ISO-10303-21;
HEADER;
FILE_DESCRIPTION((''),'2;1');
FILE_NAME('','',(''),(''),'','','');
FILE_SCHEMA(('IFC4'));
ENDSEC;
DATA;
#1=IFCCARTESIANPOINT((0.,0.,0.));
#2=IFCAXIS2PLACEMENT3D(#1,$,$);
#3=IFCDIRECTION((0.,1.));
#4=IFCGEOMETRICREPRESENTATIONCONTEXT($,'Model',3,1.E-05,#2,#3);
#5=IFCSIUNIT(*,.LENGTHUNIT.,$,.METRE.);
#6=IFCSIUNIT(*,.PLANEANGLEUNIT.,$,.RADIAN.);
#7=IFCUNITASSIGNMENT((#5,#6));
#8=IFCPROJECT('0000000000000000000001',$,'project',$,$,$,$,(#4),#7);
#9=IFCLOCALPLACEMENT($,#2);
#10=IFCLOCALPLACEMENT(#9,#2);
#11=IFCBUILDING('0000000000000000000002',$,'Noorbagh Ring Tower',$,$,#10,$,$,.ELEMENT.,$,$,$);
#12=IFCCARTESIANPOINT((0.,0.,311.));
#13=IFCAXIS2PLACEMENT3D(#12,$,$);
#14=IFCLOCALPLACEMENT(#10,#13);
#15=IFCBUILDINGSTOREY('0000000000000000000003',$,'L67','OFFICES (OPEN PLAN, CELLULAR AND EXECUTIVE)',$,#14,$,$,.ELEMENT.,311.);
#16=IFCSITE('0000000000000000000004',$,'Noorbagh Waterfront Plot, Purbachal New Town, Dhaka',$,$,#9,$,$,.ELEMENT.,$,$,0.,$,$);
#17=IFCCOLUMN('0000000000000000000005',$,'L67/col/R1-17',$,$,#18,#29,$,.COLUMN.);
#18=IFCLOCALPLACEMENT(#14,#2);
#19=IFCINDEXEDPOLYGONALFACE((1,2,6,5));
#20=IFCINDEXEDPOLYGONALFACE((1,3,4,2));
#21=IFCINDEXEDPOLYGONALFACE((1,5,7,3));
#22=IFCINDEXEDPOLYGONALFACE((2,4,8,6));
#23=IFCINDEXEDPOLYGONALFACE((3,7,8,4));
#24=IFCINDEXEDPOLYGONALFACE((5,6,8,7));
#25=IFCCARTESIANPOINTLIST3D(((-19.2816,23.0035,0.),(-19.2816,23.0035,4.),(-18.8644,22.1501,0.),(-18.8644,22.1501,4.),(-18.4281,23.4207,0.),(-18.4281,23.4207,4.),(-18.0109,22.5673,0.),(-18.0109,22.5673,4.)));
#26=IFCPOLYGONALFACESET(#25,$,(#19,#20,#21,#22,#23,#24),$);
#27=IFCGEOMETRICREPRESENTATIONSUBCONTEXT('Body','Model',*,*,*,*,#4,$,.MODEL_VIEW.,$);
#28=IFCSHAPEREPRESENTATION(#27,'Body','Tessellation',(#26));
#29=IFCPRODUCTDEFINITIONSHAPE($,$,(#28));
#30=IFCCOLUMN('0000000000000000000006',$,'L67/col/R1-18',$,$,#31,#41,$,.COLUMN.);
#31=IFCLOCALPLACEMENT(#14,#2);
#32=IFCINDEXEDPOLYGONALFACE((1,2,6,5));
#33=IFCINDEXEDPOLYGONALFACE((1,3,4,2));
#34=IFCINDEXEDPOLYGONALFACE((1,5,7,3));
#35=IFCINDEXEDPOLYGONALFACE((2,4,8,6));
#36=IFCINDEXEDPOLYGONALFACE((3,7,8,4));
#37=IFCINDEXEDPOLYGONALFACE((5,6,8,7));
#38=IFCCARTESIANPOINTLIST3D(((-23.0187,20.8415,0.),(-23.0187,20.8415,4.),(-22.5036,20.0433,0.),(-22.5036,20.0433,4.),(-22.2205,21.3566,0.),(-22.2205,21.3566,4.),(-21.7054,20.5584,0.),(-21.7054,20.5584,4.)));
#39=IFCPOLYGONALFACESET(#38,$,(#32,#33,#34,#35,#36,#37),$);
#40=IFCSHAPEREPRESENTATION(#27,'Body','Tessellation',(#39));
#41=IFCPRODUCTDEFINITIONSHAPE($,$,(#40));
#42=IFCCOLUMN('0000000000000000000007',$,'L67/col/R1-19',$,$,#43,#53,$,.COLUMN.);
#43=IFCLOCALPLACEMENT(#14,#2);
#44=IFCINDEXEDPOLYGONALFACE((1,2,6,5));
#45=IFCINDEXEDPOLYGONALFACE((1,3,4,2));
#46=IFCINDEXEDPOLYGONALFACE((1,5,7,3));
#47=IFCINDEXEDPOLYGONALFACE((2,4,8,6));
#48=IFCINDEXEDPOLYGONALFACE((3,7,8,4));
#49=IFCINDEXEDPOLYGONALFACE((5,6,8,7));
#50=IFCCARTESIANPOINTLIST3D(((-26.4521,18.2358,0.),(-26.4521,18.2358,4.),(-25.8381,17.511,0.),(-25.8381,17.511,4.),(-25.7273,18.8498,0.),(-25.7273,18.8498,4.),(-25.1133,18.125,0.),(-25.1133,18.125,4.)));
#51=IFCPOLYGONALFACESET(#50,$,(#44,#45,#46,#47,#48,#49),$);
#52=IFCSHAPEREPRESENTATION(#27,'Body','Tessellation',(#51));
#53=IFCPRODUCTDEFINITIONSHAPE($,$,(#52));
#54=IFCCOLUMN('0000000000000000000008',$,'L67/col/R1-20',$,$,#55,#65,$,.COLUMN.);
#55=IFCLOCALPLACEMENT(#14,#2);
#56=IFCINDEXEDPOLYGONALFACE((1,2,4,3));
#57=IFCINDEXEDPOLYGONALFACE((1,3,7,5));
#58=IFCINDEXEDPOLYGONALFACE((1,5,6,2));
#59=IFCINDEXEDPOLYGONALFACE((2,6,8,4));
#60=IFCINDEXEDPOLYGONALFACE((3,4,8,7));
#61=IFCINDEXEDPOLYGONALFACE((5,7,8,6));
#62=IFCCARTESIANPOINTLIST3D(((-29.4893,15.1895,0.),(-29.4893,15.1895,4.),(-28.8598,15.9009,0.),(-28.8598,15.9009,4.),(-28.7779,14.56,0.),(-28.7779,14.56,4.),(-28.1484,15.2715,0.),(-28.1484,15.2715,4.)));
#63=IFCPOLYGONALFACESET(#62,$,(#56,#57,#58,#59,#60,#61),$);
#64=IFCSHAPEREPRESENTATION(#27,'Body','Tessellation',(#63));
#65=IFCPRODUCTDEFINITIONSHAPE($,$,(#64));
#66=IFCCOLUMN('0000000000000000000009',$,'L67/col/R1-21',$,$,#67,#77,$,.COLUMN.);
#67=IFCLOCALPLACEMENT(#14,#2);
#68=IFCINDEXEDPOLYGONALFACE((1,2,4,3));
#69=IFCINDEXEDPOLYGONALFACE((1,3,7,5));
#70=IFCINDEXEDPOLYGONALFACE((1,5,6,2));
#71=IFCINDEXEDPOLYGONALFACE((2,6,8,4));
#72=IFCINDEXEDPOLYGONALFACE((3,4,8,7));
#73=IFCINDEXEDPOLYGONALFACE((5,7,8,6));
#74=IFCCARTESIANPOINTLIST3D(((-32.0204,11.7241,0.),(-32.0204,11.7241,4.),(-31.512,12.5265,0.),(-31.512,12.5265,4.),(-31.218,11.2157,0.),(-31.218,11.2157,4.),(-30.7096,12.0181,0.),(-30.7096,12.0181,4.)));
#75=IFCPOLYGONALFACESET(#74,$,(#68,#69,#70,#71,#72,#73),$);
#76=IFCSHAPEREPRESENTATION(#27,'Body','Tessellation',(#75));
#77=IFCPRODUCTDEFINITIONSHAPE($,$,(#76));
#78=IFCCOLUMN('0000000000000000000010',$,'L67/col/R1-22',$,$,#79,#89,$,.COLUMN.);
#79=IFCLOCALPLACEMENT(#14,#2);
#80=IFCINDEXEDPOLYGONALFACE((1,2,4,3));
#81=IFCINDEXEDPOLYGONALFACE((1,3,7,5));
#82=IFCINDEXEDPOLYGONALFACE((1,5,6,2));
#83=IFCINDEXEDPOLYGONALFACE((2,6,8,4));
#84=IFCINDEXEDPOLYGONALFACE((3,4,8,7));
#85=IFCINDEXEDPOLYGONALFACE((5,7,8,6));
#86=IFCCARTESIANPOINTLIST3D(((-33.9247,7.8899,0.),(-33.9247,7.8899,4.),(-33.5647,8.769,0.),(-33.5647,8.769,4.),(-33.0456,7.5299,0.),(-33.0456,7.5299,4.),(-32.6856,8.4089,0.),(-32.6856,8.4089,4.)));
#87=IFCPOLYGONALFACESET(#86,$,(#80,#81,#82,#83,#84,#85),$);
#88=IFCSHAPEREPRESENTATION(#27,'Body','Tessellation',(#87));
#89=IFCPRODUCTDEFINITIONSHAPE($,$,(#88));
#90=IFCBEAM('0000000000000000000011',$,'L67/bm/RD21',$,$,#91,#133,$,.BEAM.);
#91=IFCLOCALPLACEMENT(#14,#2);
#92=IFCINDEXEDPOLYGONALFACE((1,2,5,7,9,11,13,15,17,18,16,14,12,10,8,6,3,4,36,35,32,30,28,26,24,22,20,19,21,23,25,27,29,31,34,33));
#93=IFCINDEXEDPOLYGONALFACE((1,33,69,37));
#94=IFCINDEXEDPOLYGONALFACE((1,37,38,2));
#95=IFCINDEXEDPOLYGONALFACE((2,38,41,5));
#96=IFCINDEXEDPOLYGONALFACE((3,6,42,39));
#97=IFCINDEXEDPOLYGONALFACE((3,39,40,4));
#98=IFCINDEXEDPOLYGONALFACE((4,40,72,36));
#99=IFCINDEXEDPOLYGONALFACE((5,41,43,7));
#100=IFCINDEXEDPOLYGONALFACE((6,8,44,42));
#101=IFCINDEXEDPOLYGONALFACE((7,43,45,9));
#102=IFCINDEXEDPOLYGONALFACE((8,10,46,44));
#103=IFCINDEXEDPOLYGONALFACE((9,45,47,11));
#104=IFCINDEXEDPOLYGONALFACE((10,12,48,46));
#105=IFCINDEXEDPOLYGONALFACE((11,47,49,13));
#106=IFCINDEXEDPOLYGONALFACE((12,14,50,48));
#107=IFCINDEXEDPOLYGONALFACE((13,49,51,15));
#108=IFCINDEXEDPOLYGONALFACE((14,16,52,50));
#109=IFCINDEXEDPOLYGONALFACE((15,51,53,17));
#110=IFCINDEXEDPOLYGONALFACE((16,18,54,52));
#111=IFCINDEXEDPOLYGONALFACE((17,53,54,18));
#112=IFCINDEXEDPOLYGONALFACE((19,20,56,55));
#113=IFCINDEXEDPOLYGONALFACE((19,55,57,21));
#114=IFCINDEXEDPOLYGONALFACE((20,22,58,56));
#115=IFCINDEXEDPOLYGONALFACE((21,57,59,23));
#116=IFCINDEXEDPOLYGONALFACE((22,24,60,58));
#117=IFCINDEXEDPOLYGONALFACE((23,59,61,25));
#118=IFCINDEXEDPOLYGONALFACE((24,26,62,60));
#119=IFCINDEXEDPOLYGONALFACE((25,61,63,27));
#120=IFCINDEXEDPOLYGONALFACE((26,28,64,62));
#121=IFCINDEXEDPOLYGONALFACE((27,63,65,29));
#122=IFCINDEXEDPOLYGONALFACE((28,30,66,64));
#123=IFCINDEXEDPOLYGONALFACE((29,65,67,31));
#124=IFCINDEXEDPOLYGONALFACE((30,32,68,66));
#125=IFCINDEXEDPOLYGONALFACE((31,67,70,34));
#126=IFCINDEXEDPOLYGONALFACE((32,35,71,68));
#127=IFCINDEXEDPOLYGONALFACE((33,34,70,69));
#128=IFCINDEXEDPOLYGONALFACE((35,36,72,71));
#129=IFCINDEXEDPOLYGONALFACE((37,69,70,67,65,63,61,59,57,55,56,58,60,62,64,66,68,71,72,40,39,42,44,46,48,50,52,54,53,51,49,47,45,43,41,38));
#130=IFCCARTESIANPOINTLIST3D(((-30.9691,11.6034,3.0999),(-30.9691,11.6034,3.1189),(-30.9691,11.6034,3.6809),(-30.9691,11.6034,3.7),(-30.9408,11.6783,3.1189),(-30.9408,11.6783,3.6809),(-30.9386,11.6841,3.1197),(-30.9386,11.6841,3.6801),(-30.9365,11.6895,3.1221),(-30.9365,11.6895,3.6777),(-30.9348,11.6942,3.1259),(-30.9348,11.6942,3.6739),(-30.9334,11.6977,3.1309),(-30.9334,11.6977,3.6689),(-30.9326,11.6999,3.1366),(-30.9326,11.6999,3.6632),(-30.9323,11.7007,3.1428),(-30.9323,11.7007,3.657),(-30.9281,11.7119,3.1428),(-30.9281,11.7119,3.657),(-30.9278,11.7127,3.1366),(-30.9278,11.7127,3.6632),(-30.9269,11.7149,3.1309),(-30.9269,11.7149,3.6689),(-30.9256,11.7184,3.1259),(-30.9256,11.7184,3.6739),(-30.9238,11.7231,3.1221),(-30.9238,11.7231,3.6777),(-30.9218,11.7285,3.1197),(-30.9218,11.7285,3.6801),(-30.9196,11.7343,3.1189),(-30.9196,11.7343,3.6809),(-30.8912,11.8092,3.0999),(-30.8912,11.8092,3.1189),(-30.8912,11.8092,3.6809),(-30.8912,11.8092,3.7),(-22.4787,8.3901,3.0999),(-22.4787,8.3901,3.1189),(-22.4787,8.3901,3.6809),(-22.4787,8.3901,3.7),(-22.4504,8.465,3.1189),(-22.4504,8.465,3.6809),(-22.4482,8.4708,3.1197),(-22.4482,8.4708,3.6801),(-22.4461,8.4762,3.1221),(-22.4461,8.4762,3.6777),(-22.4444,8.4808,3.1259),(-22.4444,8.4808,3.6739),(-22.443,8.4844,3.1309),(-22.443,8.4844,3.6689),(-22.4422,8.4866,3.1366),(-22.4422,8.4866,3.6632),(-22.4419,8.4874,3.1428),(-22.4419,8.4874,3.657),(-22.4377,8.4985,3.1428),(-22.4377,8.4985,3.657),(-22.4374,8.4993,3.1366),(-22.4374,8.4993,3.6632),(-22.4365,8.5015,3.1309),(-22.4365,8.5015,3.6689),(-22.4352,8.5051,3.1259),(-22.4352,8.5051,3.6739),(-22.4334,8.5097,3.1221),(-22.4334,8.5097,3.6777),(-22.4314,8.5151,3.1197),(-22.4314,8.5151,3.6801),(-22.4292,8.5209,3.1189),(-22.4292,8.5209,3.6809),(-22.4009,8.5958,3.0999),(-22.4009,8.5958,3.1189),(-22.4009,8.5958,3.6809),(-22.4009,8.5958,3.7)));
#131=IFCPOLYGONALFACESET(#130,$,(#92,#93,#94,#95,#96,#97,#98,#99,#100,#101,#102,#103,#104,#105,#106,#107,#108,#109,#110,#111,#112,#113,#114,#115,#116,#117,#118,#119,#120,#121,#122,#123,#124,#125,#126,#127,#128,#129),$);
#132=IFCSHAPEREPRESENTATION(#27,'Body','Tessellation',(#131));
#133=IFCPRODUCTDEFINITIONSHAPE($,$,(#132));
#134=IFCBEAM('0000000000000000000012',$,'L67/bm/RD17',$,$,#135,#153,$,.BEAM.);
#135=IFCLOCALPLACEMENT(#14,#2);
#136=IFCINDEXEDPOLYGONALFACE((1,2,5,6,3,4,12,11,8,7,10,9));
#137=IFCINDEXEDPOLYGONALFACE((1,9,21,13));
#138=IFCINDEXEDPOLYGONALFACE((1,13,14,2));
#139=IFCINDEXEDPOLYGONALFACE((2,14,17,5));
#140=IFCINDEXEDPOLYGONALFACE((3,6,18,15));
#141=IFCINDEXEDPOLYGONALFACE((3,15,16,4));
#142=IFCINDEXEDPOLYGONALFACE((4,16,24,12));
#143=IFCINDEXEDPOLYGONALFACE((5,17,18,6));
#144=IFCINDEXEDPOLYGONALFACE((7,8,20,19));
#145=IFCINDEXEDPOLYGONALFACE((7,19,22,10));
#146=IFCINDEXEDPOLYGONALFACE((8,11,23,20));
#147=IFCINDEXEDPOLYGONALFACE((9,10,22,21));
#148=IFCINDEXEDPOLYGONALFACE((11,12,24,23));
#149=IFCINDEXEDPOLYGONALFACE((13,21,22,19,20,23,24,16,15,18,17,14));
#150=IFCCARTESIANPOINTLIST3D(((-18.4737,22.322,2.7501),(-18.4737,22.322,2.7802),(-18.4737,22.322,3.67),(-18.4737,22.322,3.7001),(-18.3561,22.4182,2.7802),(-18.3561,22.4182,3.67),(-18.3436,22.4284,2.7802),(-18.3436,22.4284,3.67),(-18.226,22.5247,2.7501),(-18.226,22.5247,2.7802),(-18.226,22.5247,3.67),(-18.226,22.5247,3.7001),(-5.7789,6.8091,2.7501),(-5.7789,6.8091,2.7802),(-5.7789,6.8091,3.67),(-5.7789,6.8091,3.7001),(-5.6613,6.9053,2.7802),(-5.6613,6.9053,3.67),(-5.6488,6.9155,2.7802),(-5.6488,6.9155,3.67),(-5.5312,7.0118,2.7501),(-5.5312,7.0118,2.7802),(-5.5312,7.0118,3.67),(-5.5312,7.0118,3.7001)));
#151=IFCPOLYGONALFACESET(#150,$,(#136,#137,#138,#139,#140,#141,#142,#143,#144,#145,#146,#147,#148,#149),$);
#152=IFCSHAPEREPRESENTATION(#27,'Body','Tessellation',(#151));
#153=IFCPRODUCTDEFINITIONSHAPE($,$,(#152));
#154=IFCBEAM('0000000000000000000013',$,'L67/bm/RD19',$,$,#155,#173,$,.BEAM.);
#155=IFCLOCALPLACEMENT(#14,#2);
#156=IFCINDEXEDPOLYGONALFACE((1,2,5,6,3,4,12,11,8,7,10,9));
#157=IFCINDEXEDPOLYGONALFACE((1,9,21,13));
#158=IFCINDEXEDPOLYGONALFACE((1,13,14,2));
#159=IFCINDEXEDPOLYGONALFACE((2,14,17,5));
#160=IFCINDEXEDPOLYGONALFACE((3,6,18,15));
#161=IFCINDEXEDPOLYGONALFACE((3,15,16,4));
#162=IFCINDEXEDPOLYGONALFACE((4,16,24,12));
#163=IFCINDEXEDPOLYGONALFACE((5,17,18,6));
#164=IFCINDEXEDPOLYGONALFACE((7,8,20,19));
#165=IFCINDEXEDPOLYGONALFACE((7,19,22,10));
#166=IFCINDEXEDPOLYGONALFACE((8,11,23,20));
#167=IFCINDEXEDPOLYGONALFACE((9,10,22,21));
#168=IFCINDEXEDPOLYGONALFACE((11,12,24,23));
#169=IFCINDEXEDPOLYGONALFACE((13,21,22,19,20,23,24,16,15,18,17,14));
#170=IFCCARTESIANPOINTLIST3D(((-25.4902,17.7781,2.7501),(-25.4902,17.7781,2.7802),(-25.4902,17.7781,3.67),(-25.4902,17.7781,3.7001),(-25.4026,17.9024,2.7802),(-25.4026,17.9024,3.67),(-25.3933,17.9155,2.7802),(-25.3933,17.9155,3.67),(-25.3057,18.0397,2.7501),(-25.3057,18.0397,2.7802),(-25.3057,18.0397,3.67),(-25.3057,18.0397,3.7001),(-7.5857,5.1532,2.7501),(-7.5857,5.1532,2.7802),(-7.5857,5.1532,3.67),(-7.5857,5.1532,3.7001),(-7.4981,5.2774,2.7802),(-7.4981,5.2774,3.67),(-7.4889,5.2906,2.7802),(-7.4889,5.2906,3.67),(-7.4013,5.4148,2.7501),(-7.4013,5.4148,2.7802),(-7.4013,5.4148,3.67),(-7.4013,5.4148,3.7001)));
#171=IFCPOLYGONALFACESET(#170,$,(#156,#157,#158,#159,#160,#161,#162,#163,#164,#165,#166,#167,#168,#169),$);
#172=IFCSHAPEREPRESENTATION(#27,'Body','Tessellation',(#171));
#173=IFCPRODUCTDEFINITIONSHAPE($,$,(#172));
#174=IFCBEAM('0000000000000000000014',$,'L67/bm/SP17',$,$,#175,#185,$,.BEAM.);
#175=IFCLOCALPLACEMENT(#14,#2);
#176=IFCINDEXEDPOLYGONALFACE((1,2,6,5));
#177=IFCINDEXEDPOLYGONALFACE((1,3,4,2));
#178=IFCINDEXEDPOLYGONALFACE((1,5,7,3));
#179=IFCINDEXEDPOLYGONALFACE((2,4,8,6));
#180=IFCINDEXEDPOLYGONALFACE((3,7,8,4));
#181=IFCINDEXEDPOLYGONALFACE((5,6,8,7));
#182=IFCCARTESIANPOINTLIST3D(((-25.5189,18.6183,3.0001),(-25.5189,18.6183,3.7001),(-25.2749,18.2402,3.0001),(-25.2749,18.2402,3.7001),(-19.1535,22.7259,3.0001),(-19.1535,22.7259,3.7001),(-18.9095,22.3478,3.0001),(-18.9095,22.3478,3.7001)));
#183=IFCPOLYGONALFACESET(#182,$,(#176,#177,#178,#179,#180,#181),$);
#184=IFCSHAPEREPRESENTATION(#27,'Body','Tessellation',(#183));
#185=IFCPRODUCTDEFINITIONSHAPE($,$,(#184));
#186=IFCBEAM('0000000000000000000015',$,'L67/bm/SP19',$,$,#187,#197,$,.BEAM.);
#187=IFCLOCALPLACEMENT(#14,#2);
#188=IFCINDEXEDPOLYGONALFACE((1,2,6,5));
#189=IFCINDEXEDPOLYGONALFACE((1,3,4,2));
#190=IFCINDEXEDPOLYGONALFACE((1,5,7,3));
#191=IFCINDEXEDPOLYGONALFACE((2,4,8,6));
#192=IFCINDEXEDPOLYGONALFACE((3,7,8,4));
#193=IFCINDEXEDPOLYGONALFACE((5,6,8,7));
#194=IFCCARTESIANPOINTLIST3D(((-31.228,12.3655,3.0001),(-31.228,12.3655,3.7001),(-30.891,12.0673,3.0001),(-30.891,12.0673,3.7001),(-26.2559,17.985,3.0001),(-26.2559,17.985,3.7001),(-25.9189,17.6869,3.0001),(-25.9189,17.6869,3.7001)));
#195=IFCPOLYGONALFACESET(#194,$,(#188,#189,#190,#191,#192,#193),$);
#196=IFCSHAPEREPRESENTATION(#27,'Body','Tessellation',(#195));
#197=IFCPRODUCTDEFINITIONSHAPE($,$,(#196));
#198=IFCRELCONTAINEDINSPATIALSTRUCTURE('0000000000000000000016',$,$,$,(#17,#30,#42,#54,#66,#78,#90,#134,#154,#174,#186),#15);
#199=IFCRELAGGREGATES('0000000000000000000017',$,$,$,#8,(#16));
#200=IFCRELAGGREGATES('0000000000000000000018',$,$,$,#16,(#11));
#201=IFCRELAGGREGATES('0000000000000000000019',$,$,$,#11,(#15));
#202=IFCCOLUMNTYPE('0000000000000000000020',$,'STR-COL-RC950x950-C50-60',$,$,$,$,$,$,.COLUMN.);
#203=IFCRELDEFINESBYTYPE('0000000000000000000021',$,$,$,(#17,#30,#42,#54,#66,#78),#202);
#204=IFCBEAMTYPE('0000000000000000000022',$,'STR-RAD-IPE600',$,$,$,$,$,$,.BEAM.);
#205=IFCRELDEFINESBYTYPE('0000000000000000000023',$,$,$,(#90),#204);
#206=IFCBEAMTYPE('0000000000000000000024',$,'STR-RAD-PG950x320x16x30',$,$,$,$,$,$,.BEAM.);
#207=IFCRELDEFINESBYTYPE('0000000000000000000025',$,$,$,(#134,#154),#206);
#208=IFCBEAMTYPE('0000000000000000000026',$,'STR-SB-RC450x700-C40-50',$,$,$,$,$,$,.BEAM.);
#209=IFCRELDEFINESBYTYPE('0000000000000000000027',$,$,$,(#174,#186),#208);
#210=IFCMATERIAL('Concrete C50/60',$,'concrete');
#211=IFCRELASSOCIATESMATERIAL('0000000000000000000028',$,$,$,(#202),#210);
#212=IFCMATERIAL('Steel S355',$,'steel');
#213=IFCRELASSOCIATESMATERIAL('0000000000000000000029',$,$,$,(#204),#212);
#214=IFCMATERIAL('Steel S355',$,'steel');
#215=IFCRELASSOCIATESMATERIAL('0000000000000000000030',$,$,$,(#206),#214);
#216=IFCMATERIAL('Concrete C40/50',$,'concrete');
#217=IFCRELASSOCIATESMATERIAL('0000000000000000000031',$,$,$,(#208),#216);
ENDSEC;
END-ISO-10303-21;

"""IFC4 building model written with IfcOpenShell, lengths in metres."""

from ifc_helpers import new_model, si_unit, direction, frame, origin, origin_2d, place, context, subcontext, project, spatial, rectangle, i_section, extrude, material, material_profile, profile_set, type_object, element, save


model = new_model("IFC4")

# Units and contexts
model_context = context("Model", 3, precision=1e-05, world=origin(), true_north=direction((0.0, 1.0)))
body_context = subcontext(model_context, "Body", "Model", "MODEL_VIEW")
ifc_project = project(units=[si_unit("LENGTHUNIT", "METRE"), si_unit("PLANEANGLEUNIT", "RADIAN")], contexts=[model_context])

# Site, building, storey
site_placement = place(None, origin())
site = spatial("IfcSite", under=ifc_project, at=site_placement, Name="Noorbagh Waterfront Plot, Purbachal New Town, Dhaka", CompositionType="ELEMENT", RefElevation=0.0)
building_placement = place(site_placement, origin())
building = spatial("IfcBuilding", under=site, at=building_placement, Name="Noorbagh Ring Tower", CompositionType="ELEMENT")
storey_placement = place(building_placement, frame((0.0, 0.0, 311.0)))
storey = spatial("IfcBuildingStorey", under=building, at=storey_placement, Name="L67", Description="OFFICES (OPEN PLAN, CELLULAR AND EXECUTIVE)", CompositionType="ELEMENT", Elevation=311.0)

# Columns
ifc_material_1 = material(Name="Concrete C50/60", Category="concrete")
ifc_material_profile_1 = material_profile(ifc_material_1, rectangle(XDim=0.95, YDim=0.95, at=origin_2d()), Name="RC950x950")
ifc_profile_set_1 = profile_set([ifc_material_profile_1], Name="Concrete C50/60")
column_type = type_object("IfcColumnType", Name="STR-COL-RC950x950-C50-60", PredefinedType="COLUMN", material=ifc_profile_set_1)
for number, where, z_axis, x_axis, name in (
    (1, (-18.6462, 22.7854, 0.0), (0.0, 0.0, 1.0), (-0.898399, -0.43918, 0.0), "L67/col/R1-17"),
    (2, (-22.3621, 20.7, 0.0), (0.0, 0.0, 1.0), (-0.840248, -0.542203, 0.0), "L67/col/R1-18"),
    (3, (-25.7827, 18.1804, 0.0), (0.0, 0.0, 1.0), (-0.763035, -0.646357, 0.0), "L67/col/R1-19"),
    (4, (-28.8188, 15.2305, 0.0), (0.0, 0.0, 1.0), (-0.662636, -0.748942, 0.0), "L67/col/R1-20"),
    (5, (-31.365, 11.8711, 0.0), (0.0, 0.0, 1.0), (-0.53519, -0.844731, 0.0), "L67/col/R1-21"),
    (6, (-33.3052, 8.1494, 0.0), (0.0, 0.0, 1.0), (-0.378989, -0.925401, 0.0), "L67/col/R1-22"),
):
    element("IfcColumn", number, at=place(storey_placement, frame(where, z_axis=z_axis, x_axis=x_axis)), inside=storey, type_object=column_type, Name=name, PredefinedType="COLUMN", context=body_context, shape_type="SweptSolid", body=[
        extrude(rectangle(XDim=0.95, YDim=0.95, at=origin_2d()), origin(), (0.0, 0.0, 1.0), 4.0),
    ])

# Beams
ifc_material_2 = material(Name="Steel S355", Category="steel")
ifc_material_profile_2 = material_profile(ifc_material_2, i_section(OverallWidth=0.22, OverallDepth=0.6001, WebThickness=0.012, FlangeThickness=0.019, FilletRadius=0.0239, at=origin_2d()), Name="IPE600")
ifc_profile_set_2 = profile_set([ifc_material_profile_2], Name="Steel S355")
beam_type_1 = type_object("IfcBeamType", Name="STR-RAD-IPE600", PredefinedType="BEAM", material=ifc_profile_set_2)
beam_1_placement = place(storey_placement, frame((-30.9302, 11.7063, 3.3999), z_axis=(0.935258, -0.353966, 0.0), x_axis=(0.353966, 0.935258, 0.0)))
element("IfcBeam", 7, at=beam_1_placement, inside=storey, type_object=beam_type_1, Name="L67/bm/RD21", PredefinedType="BEAM", context=body_context, shape_type="SweptSolid", body=[
    extrude(i_section(OverallWidth=0.22, OverallDepth=0.6001, WebThickness=0.012, FlangeThickness=0.019, FilletRadius=0.0239, at=origin_2d()), origin(), (0.0, 0.0, 1.0), 9.0781),
])
ifc_material_3 = material(Name="Steel S355", Category="steel")
ifc_material_profile_3 = material_profile(ifc_material_3, i_section(OverallWidth=0.3201, OverallDepth=0.95, WebThickness=0.0161, FlangeThickness=0.03, at=origin_2d()), Name="PG950x320x16x30")
ifc_profile_set_3 = profile_set([ifc_material_profile_3], Name="Steel S355")
beam_type_2 = type_object("IfcBeamType", Name="STR-RAD-PG950x320x16x30", PredefinedType="BEAM", material=ifc_profile_set_3)
beam_2_placement = place(storey_placement, frame((-18.3499, 22.4233, 3.2251), z_axis=(0.63331, -0.773898, 0.0), x_axis=(0.773898, 0.63331, 0.0)))
element("IfcBeam", 8, at=beam_2_placement, inside=storey, type_object=beam_type_2, Name="L67/bm/RD17", PredefinedType="BEAM", context=body_context, shape_type="SweptSolid", body=[
    extrude(i_section(OverallWidth=0.3201, OverallDepth=0.95, WebThickness=0.0161, FlangeThickness=0.03, at=origin_2d()), origin(), (0.0, 0.0, 1.0), 20.0452),
])
beam_3_placement = place(storey_placement, frame((-25.3979, 17.9089, 3.2251), z_axis=(0.817258, -0.576272, 0.0), x_axis=(0.576272, 0.817258, 0.0)))
element("IfcBeam", 9, at=beam_3_placement, inside=storey, type_object=beam_type_2, Name="L67/bm/RD19", PredefinedType="BEAM", context=body_context, shape_type="SweptSolid", body=[
    extrude(i_section(OverallWidth=0.3201, OverallDepth=0.95, WebThickness=0.0161, FlangeThickness=0.03, at=origin_2d()), origin(), (0.0, 0.0, 1.0), 21.908),
])
ifc_material_4 = material(Name="Concrete C40/50", Category="concrete")
ifc_material_profile_4 = material_profile(ifc_material_4, rectangle(XDim=0.45, YDim=0.7, at=origin_2d()), Name="RC450x700")
ifc_profile_set_4 = profile_set([ifc_material_profile_4], Name="Concrete C40/50")
beam_type_3 = type_object("IfcBeamType", Name="STR-SB-RC450x700-C40-50", PredefinedType="BEAM", material=ifc_profile_set_4)
beam_4_placement = place(storey_placement, frame((-19.0315, 22.5369, 3.3501), z_axis=(-0.840242, -0.542211, 0.0), x_axis=(0.542211, -0.840242, 0.0)))
element("IfcBeam", 10, at=beam_4_placement, inside=storey, type_object=beam_type_3, Name="L67/bm/SP17", PredefinedType="BEAM", context=body_context, shape_type="SweptSolid", body=[
    extrude(rectangle(XDim=0.45, YDim=0.7, at=origin_2d()), origin(), (0.0, 0.0, 1.0), 7.5757),
])
beam_5_placement = place(storey_placement, frame((-26.0874, 17.8359, 3.3501), z_axis=(-0.662645, -0.748933, 0.0), x_axis=(0.748933, -0.662645, 0.0)))
element("IfcBeam", 11, at=beam_5_placement, inside=storey, type_object=beam_type_3, Name="L67/bm/SP19", PredefinedType="BEAM", context=body_context, shape_type="SweptSolid", body=[
    extrude(rectangle(XDim=0.45, YDim=0.7, at=origin_2d()), origin(), (0.0, 0.0, 1.0), 7.5034),
])

save(model, "model.ifc")
